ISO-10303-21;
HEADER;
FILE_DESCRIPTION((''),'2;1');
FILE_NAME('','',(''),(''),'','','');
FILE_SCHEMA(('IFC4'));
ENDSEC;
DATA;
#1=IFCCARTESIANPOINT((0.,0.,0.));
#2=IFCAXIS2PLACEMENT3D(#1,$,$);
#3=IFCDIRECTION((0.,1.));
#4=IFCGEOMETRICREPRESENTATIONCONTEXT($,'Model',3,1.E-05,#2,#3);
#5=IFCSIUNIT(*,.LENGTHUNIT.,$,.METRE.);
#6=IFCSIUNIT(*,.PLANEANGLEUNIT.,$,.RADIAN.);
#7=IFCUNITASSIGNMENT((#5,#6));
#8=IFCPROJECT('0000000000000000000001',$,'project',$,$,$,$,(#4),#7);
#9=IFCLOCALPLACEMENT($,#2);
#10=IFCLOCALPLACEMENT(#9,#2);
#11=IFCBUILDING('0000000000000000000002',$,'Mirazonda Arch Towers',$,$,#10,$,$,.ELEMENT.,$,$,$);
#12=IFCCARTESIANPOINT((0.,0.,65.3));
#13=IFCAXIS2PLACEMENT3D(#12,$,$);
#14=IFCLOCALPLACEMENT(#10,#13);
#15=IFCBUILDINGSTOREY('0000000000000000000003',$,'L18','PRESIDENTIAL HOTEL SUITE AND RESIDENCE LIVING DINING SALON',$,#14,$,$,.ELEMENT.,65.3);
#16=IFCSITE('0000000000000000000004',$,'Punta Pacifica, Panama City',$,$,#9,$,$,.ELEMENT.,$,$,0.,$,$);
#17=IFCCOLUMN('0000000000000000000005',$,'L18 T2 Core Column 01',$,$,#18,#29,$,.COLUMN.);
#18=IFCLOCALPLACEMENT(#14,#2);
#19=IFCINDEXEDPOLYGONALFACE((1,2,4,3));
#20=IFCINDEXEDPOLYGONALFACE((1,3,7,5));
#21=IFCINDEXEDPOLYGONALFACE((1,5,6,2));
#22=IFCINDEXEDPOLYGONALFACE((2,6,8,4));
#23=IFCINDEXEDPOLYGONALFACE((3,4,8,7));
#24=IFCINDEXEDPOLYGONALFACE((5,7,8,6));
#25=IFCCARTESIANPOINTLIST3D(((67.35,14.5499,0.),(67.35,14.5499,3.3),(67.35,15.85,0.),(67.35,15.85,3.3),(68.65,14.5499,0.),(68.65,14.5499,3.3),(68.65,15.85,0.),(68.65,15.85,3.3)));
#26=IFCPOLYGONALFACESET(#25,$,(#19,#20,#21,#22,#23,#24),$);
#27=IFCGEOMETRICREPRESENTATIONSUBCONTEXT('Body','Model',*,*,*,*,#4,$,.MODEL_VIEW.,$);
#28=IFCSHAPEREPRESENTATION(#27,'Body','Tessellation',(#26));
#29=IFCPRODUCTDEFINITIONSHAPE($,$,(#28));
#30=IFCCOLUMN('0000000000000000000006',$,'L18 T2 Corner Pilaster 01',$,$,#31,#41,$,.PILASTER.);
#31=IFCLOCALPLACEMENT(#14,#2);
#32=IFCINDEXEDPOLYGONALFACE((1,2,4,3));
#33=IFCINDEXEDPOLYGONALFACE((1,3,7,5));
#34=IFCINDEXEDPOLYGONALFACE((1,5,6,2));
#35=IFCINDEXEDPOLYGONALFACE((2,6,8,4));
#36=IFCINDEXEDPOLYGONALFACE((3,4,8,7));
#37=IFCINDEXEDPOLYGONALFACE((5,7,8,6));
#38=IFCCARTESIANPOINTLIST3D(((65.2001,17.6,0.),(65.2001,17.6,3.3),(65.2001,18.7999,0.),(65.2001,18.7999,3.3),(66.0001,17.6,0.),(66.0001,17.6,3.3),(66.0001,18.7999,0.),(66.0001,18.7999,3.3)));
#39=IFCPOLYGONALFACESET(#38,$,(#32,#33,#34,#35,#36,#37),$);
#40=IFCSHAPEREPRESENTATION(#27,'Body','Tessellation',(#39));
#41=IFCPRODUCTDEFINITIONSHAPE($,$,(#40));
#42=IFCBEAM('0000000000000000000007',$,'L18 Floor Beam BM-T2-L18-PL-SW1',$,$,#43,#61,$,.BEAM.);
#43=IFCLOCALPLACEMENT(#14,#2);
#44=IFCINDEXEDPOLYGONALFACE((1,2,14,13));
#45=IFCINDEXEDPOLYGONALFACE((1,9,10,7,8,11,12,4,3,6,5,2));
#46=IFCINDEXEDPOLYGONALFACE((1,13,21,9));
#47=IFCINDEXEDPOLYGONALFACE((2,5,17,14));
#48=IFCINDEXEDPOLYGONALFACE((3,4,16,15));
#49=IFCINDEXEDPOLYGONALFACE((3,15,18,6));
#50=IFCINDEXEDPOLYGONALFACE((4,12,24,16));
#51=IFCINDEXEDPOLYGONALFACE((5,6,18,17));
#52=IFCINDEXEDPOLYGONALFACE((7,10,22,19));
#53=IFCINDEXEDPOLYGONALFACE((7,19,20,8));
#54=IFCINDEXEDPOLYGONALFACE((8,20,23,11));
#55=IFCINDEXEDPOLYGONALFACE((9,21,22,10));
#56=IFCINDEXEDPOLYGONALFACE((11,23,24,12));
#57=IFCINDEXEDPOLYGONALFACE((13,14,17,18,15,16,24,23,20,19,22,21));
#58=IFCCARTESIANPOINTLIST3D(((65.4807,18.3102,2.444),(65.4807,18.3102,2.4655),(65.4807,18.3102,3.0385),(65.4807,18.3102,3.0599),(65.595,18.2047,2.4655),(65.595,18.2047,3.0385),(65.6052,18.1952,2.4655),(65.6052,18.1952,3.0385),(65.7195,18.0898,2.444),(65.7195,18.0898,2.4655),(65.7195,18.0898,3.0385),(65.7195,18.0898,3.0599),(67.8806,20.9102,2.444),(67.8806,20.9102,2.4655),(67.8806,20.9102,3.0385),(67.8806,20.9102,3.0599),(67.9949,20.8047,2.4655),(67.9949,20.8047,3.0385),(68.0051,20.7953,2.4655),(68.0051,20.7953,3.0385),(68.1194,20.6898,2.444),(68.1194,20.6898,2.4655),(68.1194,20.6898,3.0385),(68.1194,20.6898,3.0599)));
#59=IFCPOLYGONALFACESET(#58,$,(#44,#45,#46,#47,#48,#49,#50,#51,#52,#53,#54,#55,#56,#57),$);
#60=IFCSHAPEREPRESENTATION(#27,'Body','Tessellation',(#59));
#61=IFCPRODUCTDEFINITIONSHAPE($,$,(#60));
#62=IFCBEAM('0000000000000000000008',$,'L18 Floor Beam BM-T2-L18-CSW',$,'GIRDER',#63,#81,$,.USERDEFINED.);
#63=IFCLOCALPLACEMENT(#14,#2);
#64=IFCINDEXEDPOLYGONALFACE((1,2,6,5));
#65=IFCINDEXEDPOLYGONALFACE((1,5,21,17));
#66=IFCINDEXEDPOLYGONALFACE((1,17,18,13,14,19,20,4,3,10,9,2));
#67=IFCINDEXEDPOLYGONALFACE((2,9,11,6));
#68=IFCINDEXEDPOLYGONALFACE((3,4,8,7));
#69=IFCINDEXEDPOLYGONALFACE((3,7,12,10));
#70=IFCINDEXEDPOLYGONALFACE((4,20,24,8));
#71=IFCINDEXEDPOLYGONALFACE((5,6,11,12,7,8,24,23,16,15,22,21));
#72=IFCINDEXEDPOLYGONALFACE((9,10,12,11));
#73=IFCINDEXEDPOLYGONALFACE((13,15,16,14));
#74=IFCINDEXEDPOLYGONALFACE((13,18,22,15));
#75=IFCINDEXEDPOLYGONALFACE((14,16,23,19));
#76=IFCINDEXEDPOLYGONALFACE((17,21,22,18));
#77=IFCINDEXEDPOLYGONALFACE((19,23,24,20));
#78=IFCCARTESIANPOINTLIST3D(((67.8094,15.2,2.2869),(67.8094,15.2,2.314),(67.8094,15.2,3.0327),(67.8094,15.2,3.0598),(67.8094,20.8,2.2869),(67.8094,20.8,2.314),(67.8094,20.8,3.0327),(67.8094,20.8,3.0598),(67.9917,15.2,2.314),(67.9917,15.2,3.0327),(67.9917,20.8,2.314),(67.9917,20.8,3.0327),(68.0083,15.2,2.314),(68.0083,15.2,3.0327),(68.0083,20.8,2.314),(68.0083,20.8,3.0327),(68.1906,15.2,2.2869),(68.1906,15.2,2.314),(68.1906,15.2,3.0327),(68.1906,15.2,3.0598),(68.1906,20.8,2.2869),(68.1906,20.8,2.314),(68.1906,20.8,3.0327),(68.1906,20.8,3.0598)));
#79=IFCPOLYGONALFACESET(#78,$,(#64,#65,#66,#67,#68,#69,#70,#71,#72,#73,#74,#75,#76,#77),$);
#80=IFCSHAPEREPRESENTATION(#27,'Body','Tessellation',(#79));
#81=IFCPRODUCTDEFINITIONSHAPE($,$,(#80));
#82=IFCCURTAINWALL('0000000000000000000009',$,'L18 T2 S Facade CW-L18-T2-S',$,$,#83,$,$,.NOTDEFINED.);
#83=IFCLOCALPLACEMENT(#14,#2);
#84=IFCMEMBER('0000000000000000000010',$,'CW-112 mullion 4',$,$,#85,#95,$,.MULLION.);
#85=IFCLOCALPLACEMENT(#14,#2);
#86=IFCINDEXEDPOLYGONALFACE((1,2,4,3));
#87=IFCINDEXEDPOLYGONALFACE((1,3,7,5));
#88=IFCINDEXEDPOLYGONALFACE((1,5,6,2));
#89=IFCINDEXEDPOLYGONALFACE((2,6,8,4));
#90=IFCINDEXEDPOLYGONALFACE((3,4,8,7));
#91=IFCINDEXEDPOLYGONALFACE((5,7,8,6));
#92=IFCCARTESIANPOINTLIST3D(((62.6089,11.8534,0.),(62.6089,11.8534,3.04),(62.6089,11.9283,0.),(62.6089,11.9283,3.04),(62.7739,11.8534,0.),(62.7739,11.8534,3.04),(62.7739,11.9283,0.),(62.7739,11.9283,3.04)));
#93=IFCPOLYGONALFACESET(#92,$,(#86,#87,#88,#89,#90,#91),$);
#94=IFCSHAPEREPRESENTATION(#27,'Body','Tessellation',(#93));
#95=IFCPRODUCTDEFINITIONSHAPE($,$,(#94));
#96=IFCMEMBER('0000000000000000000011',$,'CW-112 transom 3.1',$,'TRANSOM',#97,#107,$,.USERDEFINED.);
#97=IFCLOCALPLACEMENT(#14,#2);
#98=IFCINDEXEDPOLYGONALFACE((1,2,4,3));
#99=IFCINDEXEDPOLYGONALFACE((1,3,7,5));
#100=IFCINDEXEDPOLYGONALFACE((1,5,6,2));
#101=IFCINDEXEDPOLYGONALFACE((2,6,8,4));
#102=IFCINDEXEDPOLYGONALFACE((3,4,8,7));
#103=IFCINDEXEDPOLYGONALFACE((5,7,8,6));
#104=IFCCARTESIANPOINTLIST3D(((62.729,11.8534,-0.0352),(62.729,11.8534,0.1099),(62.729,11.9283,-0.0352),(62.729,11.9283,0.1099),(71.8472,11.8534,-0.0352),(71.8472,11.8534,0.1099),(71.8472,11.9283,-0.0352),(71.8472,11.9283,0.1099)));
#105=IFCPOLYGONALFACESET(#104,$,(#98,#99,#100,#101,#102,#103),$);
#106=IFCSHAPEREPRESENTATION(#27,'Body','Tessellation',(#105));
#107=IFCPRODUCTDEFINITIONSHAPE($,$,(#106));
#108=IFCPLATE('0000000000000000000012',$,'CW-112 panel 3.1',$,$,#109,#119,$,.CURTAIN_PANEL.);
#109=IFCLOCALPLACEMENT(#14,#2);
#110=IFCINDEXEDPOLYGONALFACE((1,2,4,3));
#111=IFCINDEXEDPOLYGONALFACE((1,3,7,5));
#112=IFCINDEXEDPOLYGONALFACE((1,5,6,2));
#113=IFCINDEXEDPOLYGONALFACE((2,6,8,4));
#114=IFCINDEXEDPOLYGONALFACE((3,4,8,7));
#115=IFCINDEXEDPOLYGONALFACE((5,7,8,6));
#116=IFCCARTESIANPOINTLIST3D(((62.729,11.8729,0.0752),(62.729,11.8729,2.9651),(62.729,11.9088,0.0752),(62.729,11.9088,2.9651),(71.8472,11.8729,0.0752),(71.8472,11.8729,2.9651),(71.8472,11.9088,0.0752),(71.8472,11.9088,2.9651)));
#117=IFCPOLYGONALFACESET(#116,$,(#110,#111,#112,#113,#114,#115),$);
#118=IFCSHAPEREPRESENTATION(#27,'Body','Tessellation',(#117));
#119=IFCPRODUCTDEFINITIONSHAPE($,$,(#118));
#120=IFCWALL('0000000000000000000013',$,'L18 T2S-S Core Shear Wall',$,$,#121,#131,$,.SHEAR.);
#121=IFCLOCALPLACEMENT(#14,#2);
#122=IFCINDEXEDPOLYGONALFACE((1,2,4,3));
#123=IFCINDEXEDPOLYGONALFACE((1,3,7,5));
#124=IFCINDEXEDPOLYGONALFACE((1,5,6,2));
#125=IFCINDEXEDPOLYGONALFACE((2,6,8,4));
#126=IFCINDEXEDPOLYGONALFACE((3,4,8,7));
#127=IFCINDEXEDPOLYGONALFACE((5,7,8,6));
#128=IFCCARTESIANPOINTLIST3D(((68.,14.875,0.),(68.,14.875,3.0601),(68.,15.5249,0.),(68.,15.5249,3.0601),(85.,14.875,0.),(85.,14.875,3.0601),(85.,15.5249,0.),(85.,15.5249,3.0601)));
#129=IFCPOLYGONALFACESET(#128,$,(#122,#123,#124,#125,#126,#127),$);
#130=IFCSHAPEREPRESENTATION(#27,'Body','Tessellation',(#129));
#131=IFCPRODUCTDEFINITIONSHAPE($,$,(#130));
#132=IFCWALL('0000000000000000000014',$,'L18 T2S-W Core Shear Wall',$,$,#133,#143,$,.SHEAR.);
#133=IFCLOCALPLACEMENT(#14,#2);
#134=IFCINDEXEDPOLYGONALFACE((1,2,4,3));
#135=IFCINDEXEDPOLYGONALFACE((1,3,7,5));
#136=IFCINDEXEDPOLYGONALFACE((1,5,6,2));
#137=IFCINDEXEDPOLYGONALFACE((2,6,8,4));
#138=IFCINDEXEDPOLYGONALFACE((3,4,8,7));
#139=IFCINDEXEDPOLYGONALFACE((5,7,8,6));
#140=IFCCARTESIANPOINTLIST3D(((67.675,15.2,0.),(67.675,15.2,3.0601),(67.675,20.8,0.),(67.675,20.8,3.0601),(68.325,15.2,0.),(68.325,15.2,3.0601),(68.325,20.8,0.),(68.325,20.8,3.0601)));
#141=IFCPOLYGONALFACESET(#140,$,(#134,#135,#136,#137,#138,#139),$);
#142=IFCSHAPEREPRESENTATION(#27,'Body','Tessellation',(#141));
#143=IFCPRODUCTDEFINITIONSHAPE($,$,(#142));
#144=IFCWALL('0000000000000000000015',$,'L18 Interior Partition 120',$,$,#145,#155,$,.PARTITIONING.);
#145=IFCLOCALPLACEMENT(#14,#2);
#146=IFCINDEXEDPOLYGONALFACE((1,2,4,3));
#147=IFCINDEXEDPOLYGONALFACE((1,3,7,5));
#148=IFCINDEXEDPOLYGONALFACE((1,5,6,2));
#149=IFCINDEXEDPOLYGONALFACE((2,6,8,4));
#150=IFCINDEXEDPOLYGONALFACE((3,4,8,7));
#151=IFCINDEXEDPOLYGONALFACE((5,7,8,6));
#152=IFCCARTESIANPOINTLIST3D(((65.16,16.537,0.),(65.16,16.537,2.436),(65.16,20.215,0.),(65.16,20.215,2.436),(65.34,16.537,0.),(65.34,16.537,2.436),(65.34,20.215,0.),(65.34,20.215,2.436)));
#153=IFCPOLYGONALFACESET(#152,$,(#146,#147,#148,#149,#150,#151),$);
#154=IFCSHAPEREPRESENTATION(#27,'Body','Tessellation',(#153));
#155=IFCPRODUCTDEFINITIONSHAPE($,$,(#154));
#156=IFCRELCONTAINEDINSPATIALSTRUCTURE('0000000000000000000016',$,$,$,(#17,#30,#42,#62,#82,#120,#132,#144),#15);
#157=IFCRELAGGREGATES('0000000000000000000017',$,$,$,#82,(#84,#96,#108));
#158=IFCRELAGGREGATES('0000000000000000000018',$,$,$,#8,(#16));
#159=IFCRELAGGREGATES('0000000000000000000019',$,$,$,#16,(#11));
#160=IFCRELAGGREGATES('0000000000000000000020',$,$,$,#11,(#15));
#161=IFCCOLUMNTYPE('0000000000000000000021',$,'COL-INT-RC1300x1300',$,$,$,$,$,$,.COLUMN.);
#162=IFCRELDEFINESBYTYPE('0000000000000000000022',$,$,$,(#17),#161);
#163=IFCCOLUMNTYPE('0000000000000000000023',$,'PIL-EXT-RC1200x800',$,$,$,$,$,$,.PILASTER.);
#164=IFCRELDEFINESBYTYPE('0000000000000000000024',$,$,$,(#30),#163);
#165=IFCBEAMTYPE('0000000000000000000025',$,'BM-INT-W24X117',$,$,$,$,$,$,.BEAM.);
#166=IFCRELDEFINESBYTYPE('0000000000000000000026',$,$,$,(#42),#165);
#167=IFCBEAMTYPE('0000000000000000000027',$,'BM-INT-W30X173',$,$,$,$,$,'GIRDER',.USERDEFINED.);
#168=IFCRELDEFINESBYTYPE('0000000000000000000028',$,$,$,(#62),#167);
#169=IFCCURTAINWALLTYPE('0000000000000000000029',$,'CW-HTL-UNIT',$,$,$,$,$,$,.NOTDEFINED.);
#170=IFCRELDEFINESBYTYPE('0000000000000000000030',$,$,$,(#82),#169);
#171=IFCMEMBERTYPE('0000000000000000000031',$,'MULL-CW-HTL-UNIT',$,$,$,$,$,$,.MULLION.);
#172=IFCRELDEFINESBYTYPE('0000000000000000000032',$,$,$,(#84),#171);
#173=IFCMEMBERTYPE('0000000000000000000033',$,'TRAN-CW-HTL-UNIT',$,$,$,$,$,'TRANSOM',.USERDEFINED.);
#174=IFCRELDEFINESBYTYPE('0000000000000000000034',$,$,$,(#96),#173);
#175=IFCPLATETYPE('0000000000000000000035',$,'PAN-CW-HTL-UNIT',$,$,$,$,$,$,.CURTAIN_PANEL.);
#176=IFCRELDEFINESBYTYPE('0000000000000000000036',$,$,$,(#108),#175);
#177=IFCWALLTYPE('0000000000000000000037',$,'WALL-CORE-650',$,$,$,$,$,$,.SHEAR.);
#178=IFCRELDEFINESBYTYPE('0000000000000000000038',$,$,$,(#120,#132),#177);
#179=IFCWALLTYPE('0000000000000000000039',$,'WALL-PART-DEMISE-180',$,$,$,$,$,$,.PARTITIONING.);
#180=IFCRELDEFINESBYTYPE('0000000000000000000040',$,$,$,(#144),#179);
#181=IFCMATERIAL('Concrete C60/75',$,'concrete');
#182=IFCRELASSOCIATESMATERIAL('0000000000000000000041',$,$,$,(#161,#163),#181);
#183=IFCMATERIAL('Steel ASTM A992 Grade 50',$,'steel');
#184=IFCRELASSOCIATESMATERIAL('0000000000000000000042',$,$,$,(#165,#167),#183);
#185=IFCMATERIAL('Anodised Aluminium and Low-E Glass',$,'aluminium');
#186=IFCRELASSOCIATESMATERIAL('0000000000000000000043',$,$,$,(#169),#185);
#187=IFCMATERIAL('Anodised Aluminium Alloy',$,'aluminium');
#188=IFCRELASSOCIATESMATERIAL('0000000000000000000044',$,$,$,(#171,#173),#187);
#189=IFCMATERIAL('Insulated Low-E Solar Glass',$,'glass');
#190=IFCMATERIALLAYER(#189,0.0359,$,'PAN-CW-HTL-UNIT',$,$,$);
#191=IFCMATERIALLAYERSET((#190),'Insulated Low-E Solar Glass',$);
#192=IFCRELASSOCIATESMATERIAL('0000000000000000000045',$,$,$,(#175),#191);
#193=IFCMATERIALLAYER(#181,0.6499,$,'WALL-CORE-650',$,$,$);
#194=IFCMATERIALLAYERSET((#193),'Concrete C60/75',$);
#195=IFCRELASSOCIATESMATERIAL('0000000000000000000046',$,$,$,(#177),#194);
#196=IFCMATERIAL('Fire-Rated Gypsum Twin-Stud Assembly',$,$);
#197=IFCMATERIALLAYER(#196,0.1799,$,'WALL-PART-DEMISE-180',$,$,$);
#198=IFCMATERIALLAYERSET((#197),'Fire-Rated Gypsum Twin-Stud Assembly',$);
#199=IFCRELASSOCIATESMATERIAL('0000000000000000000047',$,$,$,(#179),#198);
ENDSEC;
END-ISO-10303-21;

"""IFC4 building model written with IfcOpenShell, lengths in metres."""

from ifc_helpers import new_model, si_unit, direction, frame, frame_2d, origin, origin_2d, place, context, subcontext, project, spatial, rectangle, i_section, extrude, material, layer, layer_set, material_profile, profile_set, type_object, element, aggregate, save


model = new_model("IFC4")

# Units and contexts
model_context = context("Model", 3, precision=1e-05, world=origin(), true_north=direction((0.0, 1.0)))
body_context = subcontext(model_context, "Body", "Model", "MODEL_VIEW")
ifc_project = project(units=[si_unit("LENGTHUNIT", "METRE"), si_unit("PLANEANGLEUNIT", "RADIAN")], contexts=[model_context])

# Site, building, storey
site_placement = place(None, origin())
site = spatial("IfcSite", under=ifc_project, at=site_placement, Name="Punta Pacifica, Panama City", CompositionType="ELEMENT", RefElevation=0.0)
building_placement = place(site_placement, origin())
building = spatial("IfcBuilding", under=site, at=building_placement, Name="Mirazonda Arch Towers", CompositionType="ELEMENT")
storey_placement = place(building_placement, frame((0.0, 0.0, 65.3)))
storey = spatial("IfcBuildingStorey", under=building, at=storey_placement, Name="L18", Description="PRESIDENTIAL HOTEL SUITE AND RESIDENCE LIVING DINING SALON", CompositionType="ELEMENT", Elevation=65.3)

# Columns
ifc_material_1 = material(Name="Concrete C60/75", Category="concrete")
ifc_material_profile_1 = material_profile(ifc_material_1, rectangle(XDim=1.3, YDim=1.3, at=origin_2d()), Name="RC1300x1300")
ifc_profile_set_1 = profile_set([ifc_material_profile_1], Name="Concrete C60/75")
column_type_1 = type_object("IfcColumnType", Name="COL-INT-RC1300x1300", PredefinedType="COLUMN", material=ifc_profile_set_1)
column_1_placement = place(storey_placement, frame((68.0, 15.2, 0.0), z_axis=(0.0, 0.0, 1.0), x_axis=(1.0, 0.0, 0.0)))
element("IfcColumn", 1, at=column_1_placement, inside=storey, type_object=column_type_1, Name="L18 T2 Core Column 01", PredefinedType="COLUMN", context=body_context, shape_type="SweptSolid", body=[
    extrude(rectangle(XDim=1.3, YDim=1.3, at=origin_2d()), origin(), (0.0, 0.0, 1.0), 3.3),
])
ifc_material_profile_2 = material_profile(ifc_material_1, rectangle(XDim=0.8, YDim=1.2, at=origin_2d()), Name="RC1200x800")
ifc_profile_set_2 = profile_set([ifc_material_profile_2], Name="Concrete C60/75")
column_type_2 = type_object("IfcColumnType", Name="PIL-EXT-RC1200x800", PredefinedType="PILASTER", material=ifc_profile_set_2)
column_2_placement = place(storey_placement, frame((65.6001, 18.2, 0.0), z_axis=(0.0, 0.0, 1.0), x_axis=(1.0, 0.0, 0.0)))
element("IfcColumn", 2, at=column_2_placement, inside=storey, type_object=column_type_2, Name="L18 T2 Corner Pilaster 01", PredefinedType="PILASTER", context=body_context, shape_type="SweptSolid", body=[
    extrude(rectangle(XDim=0.8, YDim=1.2, at=origin_2d()), origin(), (0.0, 0.0, 1.0), 3.3),
])

# Beams
ifc_material_2 = material(Name="Steel ASTM A992 Grade 50", Category="steel")
ifc_material_profile_3 = material_profile(ifc_material_2, i_section(OverallWidth=0.325, OverallDepth=0.616, WebThickness=0.0139, FlangeThickness=0.0215, at=origin_2d()), Name="W24X117")
ifc_profile_set_3 = profile_set([ifc_material_profile_3], Name="Steel ASTM A992 Grade 50")
beam_type_1 = type_object("IfcBeamType", Name="BM-INT-W24X117", PredefinedType="BEAM", material=ifc_profile_set_3)
beam_1_placement = place(storey_placement, frame((65.6001, 18.2, 2.752), z_axis=(0.678251, 0.73483, 0.0), x_axis=(-0.73483, 0.678251, 0.0)))
element("IfcBeam", 3, at=beam_1_placement, inside=storey, type_object=beam_type_1, Name="L18 Floor Beam BM-T2-L18-PL-SW1", PredefinedType="BEAM", context=body_context, shape_type="SweptSolid", body=[
    extrude(i_section(OverallWidth=0.325, OverallDepth=0.616, WebThickness=0.0139, FlangeThickness=0.0215, at=origin_2d()), origin(), (0.0, 0.0, 1.0), 3.5383),
])
ifc_material_profile_4 = material_profile(ifc_material_2, i_section(OverallWidth=0.3811, OverallDepth=0.7729, WebThickness=0.0166, FlangeThickness=0.0271, at=origin_2d()), Name="W30X173")
ifc_profile_set_4 = profile_set([ifc_material_profile_4], Name="Steel ASTM A992 Grade 50")
beam_type_2 = type_object("IfcBeamType", Name="BM-INT-W30X173", ElementType="GIRDER", PredefinedType="USERDEFINED", material=ifc_profile_set_4)
beam_2_placement = place(storey_placement, frame((68.0, 15.2, 2.6733), z_axis=(0.0, 1.0, 0.0), x_axis=(-1.0, 0.0, 0.0)))
element("IfcBeam", 4, at=beam_2_placement, inside=storey, type_object=beam_type_2, Name="L18 Floor Beam BM-T2-L18-CSW", ObjectType="GIRDER", PredefinedType="USERDEFINED", context=body_context, shape_type="SweptSolid", body=[
    extrude(i_section(OverallWidth=0.3811, OverallDepth=0.7729, WebThickness=0.0166, FlangeThickness=0.0271, at=origin_2d()), origin(), (0.0, 0.0, 1.0), 5.6001),
])

# Curtain wall, members, plate
ifc_material_3 = material(Name="Anodised Aluminium and Low-E Glass", Category="aluminium")
curtain_wall_type = type_object("IfcCurtainWallType", Name="CW-HTL-UNIT", PredefinedType="NOTDEFINED", material=ifc_material_3)
curtain_wall_placement = place(storey_placement, origin())
curtain_wall = element("IfcCurtainWall", 5, at=curtain_wall_placement, inside=storey, type_object=curtain_wall_type, Name="L18 T2 S Facade CW-L18-T2-S", PredefinedType="NOTDEFINED")
ifc_material_4 = material(Name="Anodised Aluminium Alloy", Category="aluminium")
ifc_material_profile_5 = material_profile(ifc_material_4, rectangle(XDim=0.075, YDim=0.165, at=origin_2d()), Name="ALU-MULL-75x165")
ifc_profile_set_5 = profile_set([ifc_material_profile_5], Name="Anodised Aluminium Alloy")
member_type_1 = type_object("IfcMemberType", Name="MULL-CW-HTL-UNIT", PredefinedType="MULLION", material=ifc_profile_set_5)
member_1_placement = place(storey_placement, frame((62.6914, 11.8909, 0.0), z_axis=(0.0, 0.0, 1.0), x_axis=(0.0, -1.0, 0.0)))
member_1 = element("IfcMember", 6, at=member_1_placement, type_object=member_type_1, Name="CW-112 mullion 4", PredefinedType="MULLION", context=body_context, shape_type="SweptSolid", body=[
    extrude(rectangle(XDim=0.075, YDim=0.165, at=origin_2d()), origin(), (0.0, 0.0, 1.0), 3.04),
])
ifc_material_profile_6 = material_profile(ifc_material_4, rectangle(XDim=0.075, YDim=0.145, at=origin_2d()), Name="ALU-TRAN-75x145")
ifc_profile_set_6 = profile_set([ifc_material_profile_6], Name="Anodised Aluminium Alloy")
member_type_2 = type_object("IfcMemberType", Name="TRAN-CW-HTL-UNIT", ElementType="TRANSOM", PredefinedType="USERDEFINED", material=ifc_profile_set_6)
member_2_placement = place(storey_placement, frame((71.8472, 11.8909, 0.0374), z_axis=(-1.0, 0.0, 0.0), x_axis=(0.0, -1.0, 0.0)))
member_2 = element("IfcMember", 7, at=member_2_placement, type_object=member_type_2, Name="CW-112 transom 3.1", ObjectType="TRANSOM", PredefinedType="USERDEFINED", context=body_context, shape_type="SweptSolid", body=[
    extrude(rectangle(XDim=0.075, YDim=0.145, at=origin_2d()), origin(), (0.0, 0.0, 1.0), 9.1182),
])
ifc_material_5 = material(Name="Insulated Low-E Solar Glass", Category="glass")
ifc_layer_1 = layer(ifc_material_5, 0.0359, Name="PAN-CW-HTL-UNIT")
ifc_layer_set_1 = layer_set([ifc_layer_1], Name="Insulated Low-E Solar Glass")
plate_type = type_object("IfcPlateType", Name="PAN-CW-HTL-UNIT", PredefinedType="CURTAIN_PANEL", material=ifc_layer_set_1)
plate_placement = place(storey_placement, frame((67.2881, 11.8909, 0.0752), z_axis=(0.0, 0.0, 1.0), x_axis=(-1.0, 0.0, 0.0)))
plate = element("IfcPlate", 8, at=plate_placement, type_object=plate_type, Name="CW-112 panel 3.1", PredefinedType="CURTAIN_PANEL", context=body_context, shape_type="SweptSolid", body=[
    extrude(rectangle(XDim=9.1182, YDim=0.0359, at=origin_2d()), origin(), (0.0, 0.0, 1.0), 2.8899),
])
aggregate(curtain_wall, [member_1, member_2, plate])

# Walls
ifc_layer_2 = layer(ifc_material_1, 0.6499, Name="WALL-CORE-650")
ifc_layer_set_2 = layer_set([ifc_layer_2], Name="Concrete C60/75")
wall_type_1 = type_object("IfcWallType", Name="WALL-CORE-650", PredefinedType="SHEAR", material=ifc_layer_set_2)
wall_1_placement = place(storey_placement, frame((68.0, 15.2, 0.0), z_axis=(0.0, 0.0, 1.0), x_axis=(1.0, 0.0, 0.0)))
element("IfcWall", 9, at=wall_1_placement, inside=storey, type_object=wall_type_1, Name="L18 T2S-S Core Shear Wall", PredefinedType="SHEAR", context=body_context, shape_type="SweptSolid", body=[
    extrude(rectangle(XDim=17.0, YDim=0.6499, at=frame_2d((8.5, 0.0))), origin(), (0.0, 0.0, 1.0), 3.0601),
])
wall_2_placement = place(storey_placement, frame((68.0, 15.2, 0.0), z_axis=(0.0, 0.0, 1.0), x_axis=(0.0, 1.0, 0.0)))
element("IfcWall", 10, at=wall_2_placement, inside=storey, type_object=wall_type_1, Name="L18 T2S-W Core Shear Wall", PredefinedType="SHEAR", context=body_context, shape_type="SweptSolid", body=[
    extrude(rectangle(XDim=5.6001, YDim=0.6499, at=frame_2d((2.8, 0.0))), origin(), (0.0, 0.0, 1.0), 3.0601),
])
ifc_material_6 = material(Name="Fire-Rated Gypsum Twin-Stud Assembly")
ifc_layer_3 = layer(ifc_material_6, 0.1799, Name="WALL-PART-DEMISE-180")
ifc_layer_set_3 = layer_set([ifc_layer_3], Name="Fire-Rated Gypsum Twin-Stud Assembly")
wall_type_2 = type_object("IfcWallType", Name="WALL-PART-DEMISE-180", PredefinedType="PARTITIONING", material=ifc_layer_set_3)
wall_3_placement = place(storey_placement, frame((65.25, 16.5371, 0.0), z_axis=(0.0, 0.0, 1.0), x_axis=(0.0, 1.0, 0.0)))
element("IfcWall", 11, at=wall_3_placement, inside=storey, type_object=wall_type_2, Name="L18 Interior Partition 120", PredefinedType="PARTITIONING", context=body_context, shape_type="SweptSolid", body=[
    extrude(rectangle(XDim=3.678, YDim=0.1799, at=frame_2d((1.8389, 0.0))), origin(), (0.0, 0.0, 1.0), 2.436),
])

save(model, "model.ifc")
